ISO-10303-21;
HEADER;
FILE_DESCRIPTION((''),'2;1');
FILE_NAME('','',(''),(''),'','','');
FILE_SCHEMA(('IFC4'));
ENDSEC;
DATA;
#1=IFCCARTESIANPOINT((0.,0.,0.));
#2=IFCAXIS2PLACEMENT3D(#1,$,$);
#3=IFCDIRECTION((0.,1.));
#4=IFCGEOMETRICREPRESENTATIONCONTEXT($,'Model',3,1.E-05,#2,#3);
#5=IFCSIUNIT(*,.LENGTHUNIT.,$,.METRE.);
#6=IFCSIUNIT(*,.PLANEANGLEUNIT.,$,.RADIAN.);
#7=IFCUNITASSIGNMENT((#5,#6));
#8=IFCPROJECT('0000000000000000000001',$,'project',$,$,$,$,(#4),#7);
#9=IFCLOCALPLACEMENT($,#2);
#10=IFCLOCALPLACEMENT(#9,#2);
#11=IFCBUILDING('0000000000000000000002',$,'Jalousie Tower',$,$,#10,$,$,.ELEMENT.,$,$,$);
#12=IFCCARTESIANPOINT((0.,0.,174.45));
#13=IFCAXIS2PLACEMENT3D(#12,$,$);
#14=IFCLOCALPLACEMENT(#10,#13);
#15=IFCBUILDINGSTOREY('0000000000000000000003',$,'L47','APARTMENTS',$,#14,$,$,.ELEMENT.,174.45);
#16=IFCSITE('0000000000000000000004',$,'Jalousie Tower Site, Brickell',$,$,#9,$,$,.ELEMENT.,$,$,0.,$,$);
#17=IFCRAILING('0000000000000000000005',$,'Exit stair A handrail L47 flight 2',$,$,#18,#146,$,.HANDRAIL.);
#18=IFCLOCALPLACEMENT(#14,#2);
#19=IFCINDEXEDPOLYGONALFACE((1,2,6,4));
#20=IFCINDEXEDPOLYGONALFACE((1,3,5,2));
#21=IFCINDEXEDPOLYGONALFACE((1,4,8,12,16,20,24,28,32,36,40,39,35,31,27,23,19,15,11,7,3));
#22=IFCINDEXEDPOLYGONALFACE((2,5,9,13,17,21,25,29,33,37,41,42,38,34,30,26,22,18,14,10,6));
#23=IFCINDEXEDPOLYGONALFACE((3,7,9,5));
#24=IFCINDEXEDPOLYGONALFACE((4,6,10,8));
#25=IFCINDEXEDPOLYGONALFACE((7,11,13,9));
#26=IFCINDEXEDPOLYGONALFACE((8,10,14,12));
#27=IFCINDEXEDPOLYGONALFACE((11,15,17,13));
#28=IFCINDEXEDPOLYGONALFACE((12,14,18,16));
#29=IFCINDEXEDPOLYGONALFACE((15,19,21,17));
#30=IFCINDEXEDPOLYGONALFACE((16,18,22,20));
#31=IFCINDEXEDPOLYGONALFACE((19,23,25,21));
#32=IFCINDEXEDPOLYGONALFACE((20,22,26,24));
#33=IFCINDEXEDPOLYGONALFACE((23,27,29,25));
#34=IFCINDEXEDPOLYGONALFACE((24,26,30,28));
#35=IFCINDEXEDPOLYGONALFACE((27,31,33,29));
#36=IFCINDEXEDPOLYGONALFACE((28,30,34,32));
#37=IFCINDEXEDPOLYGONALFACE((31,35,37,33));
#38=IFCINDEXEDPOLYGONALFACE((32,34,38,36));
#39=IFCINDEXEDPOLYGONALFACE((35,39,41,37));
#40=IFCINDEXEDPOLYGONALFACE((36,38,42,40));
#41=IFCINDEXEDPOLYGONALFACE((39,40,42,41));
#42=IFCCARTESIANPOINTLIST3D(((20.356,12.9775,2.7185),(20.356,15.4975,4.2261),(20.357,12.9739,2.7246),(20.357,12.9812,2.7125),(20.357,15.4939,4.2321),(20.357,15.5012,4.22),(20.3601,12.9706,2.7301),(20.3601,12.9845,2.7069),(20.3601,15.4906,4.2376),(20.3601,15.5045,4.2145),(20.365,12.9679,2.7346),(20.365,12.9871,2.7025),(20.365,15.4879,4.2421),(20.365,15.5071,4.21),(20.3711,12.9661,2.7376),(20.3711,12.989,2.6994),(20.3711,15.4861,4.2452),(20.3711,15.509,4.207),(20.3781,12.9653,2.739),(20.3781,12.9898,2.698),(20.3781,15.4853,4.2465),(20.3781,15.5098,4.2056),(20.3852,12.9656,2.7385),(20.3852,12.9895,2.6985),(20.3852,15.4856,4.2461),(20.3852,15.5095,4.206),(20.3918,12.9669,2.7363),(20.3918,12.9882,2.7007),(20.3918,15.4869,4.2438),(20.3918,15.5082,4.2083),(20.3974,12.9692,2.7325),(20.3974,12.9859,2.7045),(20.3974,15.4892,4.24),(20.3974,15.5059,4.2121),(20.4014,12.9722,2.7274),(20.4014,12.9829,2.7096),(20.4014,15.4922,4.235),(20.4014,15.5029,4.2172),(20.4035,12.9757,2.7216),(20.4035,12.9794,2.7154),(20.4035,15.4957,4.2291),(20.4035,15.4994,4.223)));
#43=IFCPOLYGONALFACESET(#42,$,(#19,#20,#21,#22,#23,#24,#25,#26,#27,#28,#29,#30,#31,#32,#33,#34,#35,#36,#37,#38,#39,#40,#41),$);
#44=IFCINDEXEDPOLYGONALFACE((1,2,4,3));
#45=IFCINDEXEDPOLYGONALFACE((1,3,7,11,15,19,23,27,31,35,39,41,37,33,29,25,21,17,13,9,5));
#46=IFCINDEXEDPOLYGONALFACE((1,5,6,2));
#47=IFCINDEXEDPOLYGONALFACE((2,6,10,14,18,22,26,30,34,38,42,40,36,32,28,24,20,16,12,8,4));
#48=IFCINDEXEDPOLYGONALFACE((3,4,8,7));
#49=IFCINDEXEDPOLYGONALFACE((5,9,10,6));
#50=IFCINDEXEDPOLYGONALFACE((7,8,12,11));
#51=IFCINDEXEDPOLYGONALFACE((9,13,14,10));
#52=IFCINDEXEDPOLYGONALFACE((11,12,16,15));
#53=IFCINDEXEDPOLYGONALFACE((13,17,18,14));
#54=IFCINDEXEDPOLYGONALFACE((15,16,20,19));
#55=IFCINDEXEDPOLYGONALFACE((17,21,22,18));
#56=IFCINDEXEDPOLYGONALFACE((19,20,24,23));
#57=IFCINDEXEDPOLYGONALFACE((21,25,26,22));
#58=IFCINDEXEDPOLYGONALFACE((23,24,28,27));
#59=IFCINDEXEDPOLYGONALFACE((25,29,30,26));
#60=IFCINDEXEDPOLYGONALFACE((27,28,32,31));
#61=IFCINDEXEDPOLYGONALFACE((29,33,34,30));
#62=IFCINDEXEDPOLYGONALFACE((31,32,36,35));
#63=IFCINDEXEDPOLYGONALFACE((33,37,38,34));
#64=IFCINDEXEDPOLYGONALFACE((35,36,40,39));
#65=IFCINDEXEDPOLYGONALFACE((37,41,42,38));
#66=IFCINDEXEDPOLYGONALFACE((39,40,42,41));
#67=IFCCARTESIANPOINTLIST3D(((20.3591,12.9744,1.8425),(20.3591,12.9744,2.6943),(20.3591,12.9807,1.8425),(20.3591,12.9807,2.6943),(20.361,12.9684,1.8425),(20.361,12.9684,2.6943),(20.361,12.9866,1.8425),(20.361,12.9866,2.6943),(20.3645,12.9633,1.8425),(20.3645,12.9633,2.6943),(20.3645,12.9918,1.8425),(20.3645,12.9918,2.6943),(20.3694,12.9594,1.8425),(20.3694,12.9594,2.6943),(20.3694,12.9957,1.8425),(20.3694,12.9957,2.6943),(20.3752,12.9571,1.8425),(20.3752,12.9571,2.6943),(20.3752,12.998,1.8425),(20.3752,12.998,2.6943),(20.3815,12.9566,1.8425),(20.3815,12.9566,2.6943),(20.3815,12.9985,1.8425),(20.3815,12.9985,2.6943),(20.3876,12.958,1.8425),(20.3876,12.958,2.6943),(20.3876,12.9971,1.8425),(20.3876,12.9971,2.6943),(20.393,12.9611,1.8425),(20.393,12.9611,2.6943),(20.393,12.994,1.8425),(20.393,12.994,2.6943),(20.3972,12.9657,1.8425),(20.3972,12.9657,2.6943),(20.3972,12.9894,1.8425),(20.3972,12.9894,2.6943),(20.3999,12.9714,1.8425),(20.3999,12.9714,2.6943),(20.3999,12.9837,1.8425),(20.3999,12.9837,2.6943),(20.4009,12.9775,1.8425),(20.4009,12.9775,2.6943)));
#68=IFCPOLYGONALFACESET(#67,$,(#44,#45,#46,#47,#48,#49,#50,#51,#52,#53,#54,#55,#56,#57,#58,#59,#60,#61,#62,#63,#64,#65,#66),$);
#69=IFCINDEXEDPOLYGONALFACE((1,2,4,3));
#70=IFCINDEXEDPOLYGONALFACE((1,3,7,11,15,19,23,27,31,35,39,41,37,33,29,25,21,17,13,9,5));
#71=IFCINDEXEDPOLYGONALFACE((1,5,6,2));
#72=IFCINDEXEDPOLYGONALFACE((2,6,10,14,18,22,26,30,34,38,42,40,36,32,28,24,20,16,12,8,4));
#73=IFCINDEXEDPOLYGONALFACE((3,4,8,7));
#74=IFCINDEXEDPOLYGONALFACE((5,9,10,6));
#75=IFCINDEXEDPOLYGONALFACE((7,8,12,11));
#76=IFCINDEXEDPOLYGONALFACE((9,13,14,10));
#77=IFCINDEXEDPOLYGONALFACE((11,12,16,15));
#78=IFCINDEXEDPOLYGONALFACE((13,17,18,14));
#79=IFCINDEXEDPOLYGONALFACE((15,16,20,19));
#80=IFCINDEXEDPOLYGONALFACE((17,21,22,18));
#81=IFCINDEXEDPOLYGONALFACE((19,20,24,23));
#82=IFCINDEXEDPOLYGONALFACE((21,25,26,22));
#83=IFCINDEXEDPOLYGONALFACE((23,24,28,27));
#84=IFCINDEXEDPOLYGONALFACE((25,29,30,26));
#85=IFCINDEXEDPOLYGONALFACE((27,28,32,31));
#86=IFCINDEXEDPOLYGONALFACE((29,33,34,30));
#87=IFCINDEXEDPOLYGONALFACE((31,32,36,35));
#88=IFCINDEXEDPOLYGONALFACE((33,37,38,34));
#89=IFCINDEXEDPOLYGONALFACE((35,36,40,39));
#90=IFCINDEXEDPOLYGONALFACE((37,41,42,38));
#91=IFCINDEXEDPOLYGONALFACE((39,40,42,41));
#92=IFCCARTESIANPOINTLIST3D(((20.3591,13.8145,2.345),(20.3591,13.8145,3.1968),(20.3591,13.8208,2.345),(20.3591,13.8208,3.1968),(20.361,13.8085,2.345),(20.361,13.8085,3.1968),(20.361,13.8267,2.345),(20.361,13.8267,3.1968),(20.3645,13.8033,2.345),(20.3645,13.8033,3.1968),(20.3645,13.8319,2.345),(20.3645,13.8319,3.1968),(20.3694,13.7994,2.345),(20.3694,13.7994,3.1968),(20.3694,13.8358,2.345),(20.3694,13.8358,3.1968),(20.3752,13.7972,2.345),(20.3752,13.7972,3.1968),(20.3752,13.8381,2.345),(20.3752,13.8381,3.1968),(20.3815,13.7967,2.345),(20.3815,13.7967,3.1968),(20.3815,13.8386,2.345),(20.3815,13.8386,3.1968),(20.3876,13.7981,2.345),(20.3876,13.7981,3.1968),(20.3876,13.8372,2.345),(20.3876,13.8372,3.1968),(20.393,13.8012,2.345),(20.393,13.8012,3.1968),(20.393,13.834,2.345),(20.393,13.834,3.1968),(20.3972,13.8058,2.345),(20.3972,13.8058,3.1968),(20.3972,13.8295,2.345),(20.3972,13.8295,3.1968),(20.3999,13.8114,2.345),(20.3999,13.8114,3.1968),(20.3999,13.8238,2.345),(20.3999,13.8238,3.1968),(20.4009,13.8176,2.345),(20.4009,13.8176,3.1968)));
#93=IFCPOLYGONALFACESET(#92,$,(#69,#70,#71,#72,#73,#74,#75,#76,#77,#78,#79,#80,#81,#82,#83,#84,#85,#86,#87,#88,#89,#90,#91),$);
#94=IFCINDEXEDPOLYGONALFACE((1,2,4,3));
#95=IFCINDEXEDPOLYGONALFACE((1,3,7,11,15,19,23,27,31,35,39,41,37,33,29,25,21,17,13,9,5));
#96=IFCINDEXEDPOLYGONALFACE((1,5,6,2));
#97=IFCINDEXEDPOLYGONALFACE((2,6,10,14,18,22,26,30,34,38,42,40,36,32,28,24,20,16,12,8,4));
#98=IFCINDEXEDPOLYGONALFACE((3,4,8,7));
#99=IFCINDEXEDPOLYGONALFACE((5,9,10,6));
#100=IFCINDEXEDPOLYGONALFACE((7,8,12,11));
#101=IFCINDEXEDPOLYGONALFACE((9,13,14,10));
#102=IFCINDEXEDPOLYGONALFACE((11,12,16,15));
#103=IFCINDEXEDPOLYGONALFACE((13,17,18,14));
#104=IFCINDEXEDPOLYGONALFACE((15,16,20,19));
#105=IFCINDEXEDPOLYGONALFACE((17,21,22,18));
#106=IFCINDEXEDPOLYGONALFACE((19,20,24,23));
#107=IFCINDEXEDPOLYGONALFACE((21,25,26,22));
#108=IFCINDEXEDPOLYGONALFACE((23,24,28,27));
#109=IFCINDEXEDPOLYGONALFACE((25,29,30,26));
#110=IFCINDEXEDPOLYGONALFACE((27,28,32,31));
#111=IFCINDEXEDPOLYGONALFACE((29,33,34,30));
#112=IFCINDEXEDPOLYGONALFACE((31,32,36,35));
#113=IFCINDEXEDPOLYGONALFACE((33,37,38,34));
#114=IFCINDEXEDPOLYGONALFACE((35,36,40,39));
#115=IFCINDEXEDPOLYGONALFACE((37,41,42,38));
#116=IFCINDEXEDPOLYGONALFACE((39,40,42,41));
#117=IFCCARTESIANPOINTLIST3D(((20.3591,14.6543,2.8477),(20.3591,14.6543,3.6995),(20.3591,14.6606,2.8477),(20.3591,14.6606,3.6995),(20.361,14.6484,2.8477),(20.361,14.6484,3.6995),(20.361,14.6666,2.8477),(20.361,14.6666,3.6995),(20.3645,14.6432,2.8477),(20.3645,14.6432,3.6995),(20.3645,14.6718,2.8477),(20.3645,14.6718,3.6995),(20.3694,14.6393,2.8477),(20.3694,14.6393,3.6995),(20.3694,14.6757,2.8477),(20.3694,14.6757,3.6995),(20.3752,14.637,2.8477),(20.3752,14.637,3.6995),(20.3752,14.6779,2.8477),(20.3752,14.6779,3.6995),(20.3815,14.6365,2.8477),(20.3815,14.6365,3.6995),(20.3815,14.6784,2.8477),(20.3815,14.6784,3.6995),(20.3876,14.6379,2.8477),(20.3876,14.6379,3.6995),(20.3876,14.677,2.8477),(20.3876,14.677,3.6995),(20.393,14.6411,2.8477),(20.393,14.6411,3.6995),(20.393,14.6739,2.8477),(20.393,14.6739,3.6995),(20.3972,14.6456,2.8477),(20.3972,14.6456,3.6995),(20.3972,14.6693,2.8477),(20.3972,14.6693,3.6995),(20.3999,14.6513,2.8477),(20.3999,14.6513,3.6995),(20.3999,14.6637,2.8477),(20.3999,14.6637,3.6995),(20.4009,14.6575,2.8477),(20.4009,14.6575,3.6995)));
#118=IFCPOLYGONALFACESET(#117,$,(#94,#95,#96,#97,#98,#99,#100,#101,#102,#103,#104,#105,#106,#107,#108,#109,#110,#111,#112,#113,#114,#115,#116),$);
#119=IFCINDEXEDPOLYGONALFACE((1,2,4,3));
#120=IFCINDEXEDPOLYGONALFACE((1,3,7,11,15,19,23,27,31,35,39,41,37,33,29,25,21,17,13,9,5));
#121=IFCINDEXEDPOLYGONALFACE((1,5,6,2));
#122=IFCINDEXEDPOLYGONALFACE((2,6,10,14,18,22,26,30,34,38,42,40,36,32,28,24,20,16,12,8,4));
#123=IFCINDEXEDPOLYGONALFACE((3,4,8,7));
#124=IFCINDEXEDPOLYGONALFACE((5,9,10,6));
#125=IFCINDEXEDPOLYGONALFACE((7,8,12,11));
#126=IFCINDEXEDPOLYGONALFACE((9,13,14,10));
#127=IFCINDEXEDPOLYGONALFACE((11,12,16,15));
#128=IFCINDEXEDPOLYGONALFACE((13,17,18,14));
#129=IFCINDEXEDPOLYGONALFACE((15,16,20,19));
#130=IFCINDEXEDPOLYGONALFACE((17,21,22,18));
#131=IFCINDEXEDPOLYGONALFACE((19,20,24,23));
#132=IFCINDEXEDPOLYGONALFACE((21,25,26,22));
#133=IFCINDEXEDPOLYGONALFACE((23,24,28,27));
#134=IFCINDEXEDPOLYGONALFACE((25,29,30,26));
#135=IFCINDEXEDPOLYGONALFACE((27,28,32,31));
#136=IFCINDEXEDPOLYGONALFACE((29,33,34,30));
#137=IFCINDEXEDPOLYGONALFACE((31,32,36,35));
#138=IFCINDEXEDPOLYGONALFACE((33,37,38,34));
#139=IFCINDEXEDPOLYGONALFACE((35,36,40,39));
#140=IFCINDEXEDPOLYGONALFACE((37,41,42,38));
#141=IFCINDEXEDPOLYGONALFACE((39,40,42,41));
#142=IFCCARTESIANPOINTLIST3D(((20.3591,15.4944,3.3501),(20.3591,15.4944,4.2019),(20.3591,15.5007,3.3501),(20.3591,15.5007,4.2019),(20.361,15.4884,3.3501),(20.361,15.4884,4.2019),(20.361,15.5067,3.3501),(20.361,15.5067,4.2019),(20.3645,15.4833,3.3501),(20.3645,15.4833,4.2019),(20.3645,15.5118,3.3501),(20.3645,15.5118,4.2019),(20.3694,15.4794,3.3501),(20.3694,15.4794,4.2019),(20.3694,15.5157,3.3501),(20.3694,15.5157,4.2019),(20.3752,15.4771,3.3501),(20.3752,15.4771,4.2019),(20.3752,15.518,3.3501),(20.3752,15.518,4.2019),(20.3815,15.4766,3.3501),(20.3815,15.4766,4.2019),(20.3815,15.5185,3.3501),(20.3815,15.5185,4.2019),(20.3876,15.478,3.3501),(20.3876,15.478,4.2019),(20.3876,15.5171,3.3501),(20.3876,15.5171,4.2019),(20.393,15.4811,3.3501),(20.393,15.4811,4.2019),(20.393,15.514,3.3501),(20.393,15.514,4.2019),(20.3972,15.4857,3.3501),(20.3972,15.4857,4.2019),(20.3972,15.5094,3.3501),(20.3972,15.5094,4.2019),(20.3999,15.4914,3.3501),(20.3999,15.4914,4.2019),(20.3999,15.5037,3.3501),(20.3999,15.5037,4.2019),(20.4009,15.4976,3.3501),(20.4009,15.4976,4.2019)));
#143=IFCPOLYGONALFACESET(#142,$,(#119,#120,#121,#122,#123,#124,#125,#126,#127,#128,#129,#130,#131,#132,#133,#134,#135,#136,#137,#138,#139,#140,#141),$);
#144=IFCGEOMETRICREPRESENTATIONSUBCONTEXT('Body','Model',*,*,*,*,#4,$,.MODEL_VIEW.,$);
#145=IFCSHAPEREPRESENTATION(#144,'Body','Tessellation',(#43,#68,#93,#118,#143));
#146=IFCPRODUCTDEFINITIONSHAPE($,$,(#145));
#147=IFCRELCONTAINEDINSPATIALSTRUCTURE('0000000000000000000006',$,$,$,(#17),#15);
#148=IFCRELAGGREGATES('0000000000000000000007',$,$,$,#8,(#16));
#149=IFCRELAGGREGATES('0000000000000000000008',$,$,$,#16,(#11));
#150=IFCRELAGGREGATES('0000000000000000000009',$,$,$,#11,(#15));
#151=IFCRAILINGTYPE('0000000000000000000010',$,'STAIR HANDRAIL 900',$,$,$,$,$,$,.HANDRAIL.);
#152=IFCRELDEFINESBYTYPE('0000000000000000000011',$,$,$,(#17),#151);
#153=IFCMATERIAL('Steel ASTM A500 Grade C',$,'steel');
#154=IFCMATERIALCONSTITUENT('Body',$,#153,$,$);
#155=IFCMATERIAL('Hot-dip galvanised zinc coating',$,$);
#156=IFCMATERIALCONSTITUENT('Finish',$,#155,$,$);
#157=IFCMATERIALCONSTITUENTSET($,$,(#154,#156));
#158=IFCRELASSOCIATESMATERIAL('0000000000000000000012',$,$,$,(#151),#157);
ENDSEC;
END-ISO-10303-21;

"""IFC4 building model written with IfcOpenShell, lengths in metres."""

from ifc_helpers import new_model, si_unit, direction, frame, origin, origin_2d, place, context, subcontext, project, spatial, circle, extrude, material, constituent, constituent_set, type_object, element, save


model = new_model("IFC4")

# Units and contexts
model_context = context("Model", 3, precision=1e-05, world=origin(), true_north=direction((0.0, 1.0)))
body_context = subcontext(model_context, "Body", "Model", "MODEL_VIEW")
ifc_project = project(units=[si_unit("LENGTHUNIT", "METRE"), si_unit("PLANEANGLEUNIT", "RADIAN")], contexts=[model_context])

# Site, building, storey
site_placement = place(None, origin())
site = spatial("IfcSite", under=ifc_project, at=site_placement, Name="Jalousie Tower Site, Brickell", CompositionType="ELEMENT", RefElevation=0.0)
building_placement = place(site_placement, origin())
building = spatial("IfcBuilding", under=site, at=building_placement, Name="Jalousie Tower", CompositionType="ELEMENT")
storey_placement = place(building_placement, frame((0.0, 0.0, 174.45)))
storey = spatial("IfcBuildingStorey", under=building, at=storey_placement, Name="L47", Description="APARTMENTS", CompositionType="ELEMENT", Elevation=174.45)

# Railing
ifc_material_1 = material(Name="Steel ASTM A500 Grade C", Category="steel")
ifc_constituent_1 = constituent(ifc_material_1, Name="Body")
ifc_material_2 = material(Name="Hot-dip galvanised zinc coating")
ifc_constituent_2 = constituent(ifc_material_2, Name="Finish")
ifc_constituent_set_1 = constituent_set(constituents=[ifc_constituent_1, ifc_constituent_2])
railing_type_1 = type_object("IfcRailingType", Name="STAIR HANDRAIL 900", PredefinedType="HANDRAIL", material=ifc_constituent_set_1)
railing_1_placement = place(storey_placement, frame((20.3799, 12.9775, 1.8425)))
element("IfcRailing", 1, at=railing_1_placement, inside=storey, type_object=railing_type_1, Name="Exit stair A handrail L47 flight 2", PredefinedType="HANDRAIL", context=body_context, shape_type="SweptSolid", body=[
    extrude(circle(Radius=0.0239, at=origin_2d()), frame((0.0, 0.0, 0.876), z_axis=(0.0, 0.85816, 0.513383), x_axis=(-1.0, 0.0, 0.0)), (0.0, 0.0, 1.0), 2.9365),
    extrude(circle(Radius=0.021, at=origin_2d()), origin(), (0.0, 0.0, 1.0), 0.8518),
    extrude(circle(Radius=0.021, at=origin_2d()), frame((0.0, 0.8401, 0.5024)), (0.0, 0.0, 1.0), 0.8518),
    extrude(circle(Radius=0.021, at=origin_2d()), frame((0.0, 1.6799, 1.0051)), (0.0, 0.0, 1.0), 0.8518),
    extrude(circle(Radius=0.021, at=origin_2d()), frame((0.0, 2.52, 1.5076)), (0.0, 0.0, 1.0), 0.8518),
])

save(model, "model.ifc")
